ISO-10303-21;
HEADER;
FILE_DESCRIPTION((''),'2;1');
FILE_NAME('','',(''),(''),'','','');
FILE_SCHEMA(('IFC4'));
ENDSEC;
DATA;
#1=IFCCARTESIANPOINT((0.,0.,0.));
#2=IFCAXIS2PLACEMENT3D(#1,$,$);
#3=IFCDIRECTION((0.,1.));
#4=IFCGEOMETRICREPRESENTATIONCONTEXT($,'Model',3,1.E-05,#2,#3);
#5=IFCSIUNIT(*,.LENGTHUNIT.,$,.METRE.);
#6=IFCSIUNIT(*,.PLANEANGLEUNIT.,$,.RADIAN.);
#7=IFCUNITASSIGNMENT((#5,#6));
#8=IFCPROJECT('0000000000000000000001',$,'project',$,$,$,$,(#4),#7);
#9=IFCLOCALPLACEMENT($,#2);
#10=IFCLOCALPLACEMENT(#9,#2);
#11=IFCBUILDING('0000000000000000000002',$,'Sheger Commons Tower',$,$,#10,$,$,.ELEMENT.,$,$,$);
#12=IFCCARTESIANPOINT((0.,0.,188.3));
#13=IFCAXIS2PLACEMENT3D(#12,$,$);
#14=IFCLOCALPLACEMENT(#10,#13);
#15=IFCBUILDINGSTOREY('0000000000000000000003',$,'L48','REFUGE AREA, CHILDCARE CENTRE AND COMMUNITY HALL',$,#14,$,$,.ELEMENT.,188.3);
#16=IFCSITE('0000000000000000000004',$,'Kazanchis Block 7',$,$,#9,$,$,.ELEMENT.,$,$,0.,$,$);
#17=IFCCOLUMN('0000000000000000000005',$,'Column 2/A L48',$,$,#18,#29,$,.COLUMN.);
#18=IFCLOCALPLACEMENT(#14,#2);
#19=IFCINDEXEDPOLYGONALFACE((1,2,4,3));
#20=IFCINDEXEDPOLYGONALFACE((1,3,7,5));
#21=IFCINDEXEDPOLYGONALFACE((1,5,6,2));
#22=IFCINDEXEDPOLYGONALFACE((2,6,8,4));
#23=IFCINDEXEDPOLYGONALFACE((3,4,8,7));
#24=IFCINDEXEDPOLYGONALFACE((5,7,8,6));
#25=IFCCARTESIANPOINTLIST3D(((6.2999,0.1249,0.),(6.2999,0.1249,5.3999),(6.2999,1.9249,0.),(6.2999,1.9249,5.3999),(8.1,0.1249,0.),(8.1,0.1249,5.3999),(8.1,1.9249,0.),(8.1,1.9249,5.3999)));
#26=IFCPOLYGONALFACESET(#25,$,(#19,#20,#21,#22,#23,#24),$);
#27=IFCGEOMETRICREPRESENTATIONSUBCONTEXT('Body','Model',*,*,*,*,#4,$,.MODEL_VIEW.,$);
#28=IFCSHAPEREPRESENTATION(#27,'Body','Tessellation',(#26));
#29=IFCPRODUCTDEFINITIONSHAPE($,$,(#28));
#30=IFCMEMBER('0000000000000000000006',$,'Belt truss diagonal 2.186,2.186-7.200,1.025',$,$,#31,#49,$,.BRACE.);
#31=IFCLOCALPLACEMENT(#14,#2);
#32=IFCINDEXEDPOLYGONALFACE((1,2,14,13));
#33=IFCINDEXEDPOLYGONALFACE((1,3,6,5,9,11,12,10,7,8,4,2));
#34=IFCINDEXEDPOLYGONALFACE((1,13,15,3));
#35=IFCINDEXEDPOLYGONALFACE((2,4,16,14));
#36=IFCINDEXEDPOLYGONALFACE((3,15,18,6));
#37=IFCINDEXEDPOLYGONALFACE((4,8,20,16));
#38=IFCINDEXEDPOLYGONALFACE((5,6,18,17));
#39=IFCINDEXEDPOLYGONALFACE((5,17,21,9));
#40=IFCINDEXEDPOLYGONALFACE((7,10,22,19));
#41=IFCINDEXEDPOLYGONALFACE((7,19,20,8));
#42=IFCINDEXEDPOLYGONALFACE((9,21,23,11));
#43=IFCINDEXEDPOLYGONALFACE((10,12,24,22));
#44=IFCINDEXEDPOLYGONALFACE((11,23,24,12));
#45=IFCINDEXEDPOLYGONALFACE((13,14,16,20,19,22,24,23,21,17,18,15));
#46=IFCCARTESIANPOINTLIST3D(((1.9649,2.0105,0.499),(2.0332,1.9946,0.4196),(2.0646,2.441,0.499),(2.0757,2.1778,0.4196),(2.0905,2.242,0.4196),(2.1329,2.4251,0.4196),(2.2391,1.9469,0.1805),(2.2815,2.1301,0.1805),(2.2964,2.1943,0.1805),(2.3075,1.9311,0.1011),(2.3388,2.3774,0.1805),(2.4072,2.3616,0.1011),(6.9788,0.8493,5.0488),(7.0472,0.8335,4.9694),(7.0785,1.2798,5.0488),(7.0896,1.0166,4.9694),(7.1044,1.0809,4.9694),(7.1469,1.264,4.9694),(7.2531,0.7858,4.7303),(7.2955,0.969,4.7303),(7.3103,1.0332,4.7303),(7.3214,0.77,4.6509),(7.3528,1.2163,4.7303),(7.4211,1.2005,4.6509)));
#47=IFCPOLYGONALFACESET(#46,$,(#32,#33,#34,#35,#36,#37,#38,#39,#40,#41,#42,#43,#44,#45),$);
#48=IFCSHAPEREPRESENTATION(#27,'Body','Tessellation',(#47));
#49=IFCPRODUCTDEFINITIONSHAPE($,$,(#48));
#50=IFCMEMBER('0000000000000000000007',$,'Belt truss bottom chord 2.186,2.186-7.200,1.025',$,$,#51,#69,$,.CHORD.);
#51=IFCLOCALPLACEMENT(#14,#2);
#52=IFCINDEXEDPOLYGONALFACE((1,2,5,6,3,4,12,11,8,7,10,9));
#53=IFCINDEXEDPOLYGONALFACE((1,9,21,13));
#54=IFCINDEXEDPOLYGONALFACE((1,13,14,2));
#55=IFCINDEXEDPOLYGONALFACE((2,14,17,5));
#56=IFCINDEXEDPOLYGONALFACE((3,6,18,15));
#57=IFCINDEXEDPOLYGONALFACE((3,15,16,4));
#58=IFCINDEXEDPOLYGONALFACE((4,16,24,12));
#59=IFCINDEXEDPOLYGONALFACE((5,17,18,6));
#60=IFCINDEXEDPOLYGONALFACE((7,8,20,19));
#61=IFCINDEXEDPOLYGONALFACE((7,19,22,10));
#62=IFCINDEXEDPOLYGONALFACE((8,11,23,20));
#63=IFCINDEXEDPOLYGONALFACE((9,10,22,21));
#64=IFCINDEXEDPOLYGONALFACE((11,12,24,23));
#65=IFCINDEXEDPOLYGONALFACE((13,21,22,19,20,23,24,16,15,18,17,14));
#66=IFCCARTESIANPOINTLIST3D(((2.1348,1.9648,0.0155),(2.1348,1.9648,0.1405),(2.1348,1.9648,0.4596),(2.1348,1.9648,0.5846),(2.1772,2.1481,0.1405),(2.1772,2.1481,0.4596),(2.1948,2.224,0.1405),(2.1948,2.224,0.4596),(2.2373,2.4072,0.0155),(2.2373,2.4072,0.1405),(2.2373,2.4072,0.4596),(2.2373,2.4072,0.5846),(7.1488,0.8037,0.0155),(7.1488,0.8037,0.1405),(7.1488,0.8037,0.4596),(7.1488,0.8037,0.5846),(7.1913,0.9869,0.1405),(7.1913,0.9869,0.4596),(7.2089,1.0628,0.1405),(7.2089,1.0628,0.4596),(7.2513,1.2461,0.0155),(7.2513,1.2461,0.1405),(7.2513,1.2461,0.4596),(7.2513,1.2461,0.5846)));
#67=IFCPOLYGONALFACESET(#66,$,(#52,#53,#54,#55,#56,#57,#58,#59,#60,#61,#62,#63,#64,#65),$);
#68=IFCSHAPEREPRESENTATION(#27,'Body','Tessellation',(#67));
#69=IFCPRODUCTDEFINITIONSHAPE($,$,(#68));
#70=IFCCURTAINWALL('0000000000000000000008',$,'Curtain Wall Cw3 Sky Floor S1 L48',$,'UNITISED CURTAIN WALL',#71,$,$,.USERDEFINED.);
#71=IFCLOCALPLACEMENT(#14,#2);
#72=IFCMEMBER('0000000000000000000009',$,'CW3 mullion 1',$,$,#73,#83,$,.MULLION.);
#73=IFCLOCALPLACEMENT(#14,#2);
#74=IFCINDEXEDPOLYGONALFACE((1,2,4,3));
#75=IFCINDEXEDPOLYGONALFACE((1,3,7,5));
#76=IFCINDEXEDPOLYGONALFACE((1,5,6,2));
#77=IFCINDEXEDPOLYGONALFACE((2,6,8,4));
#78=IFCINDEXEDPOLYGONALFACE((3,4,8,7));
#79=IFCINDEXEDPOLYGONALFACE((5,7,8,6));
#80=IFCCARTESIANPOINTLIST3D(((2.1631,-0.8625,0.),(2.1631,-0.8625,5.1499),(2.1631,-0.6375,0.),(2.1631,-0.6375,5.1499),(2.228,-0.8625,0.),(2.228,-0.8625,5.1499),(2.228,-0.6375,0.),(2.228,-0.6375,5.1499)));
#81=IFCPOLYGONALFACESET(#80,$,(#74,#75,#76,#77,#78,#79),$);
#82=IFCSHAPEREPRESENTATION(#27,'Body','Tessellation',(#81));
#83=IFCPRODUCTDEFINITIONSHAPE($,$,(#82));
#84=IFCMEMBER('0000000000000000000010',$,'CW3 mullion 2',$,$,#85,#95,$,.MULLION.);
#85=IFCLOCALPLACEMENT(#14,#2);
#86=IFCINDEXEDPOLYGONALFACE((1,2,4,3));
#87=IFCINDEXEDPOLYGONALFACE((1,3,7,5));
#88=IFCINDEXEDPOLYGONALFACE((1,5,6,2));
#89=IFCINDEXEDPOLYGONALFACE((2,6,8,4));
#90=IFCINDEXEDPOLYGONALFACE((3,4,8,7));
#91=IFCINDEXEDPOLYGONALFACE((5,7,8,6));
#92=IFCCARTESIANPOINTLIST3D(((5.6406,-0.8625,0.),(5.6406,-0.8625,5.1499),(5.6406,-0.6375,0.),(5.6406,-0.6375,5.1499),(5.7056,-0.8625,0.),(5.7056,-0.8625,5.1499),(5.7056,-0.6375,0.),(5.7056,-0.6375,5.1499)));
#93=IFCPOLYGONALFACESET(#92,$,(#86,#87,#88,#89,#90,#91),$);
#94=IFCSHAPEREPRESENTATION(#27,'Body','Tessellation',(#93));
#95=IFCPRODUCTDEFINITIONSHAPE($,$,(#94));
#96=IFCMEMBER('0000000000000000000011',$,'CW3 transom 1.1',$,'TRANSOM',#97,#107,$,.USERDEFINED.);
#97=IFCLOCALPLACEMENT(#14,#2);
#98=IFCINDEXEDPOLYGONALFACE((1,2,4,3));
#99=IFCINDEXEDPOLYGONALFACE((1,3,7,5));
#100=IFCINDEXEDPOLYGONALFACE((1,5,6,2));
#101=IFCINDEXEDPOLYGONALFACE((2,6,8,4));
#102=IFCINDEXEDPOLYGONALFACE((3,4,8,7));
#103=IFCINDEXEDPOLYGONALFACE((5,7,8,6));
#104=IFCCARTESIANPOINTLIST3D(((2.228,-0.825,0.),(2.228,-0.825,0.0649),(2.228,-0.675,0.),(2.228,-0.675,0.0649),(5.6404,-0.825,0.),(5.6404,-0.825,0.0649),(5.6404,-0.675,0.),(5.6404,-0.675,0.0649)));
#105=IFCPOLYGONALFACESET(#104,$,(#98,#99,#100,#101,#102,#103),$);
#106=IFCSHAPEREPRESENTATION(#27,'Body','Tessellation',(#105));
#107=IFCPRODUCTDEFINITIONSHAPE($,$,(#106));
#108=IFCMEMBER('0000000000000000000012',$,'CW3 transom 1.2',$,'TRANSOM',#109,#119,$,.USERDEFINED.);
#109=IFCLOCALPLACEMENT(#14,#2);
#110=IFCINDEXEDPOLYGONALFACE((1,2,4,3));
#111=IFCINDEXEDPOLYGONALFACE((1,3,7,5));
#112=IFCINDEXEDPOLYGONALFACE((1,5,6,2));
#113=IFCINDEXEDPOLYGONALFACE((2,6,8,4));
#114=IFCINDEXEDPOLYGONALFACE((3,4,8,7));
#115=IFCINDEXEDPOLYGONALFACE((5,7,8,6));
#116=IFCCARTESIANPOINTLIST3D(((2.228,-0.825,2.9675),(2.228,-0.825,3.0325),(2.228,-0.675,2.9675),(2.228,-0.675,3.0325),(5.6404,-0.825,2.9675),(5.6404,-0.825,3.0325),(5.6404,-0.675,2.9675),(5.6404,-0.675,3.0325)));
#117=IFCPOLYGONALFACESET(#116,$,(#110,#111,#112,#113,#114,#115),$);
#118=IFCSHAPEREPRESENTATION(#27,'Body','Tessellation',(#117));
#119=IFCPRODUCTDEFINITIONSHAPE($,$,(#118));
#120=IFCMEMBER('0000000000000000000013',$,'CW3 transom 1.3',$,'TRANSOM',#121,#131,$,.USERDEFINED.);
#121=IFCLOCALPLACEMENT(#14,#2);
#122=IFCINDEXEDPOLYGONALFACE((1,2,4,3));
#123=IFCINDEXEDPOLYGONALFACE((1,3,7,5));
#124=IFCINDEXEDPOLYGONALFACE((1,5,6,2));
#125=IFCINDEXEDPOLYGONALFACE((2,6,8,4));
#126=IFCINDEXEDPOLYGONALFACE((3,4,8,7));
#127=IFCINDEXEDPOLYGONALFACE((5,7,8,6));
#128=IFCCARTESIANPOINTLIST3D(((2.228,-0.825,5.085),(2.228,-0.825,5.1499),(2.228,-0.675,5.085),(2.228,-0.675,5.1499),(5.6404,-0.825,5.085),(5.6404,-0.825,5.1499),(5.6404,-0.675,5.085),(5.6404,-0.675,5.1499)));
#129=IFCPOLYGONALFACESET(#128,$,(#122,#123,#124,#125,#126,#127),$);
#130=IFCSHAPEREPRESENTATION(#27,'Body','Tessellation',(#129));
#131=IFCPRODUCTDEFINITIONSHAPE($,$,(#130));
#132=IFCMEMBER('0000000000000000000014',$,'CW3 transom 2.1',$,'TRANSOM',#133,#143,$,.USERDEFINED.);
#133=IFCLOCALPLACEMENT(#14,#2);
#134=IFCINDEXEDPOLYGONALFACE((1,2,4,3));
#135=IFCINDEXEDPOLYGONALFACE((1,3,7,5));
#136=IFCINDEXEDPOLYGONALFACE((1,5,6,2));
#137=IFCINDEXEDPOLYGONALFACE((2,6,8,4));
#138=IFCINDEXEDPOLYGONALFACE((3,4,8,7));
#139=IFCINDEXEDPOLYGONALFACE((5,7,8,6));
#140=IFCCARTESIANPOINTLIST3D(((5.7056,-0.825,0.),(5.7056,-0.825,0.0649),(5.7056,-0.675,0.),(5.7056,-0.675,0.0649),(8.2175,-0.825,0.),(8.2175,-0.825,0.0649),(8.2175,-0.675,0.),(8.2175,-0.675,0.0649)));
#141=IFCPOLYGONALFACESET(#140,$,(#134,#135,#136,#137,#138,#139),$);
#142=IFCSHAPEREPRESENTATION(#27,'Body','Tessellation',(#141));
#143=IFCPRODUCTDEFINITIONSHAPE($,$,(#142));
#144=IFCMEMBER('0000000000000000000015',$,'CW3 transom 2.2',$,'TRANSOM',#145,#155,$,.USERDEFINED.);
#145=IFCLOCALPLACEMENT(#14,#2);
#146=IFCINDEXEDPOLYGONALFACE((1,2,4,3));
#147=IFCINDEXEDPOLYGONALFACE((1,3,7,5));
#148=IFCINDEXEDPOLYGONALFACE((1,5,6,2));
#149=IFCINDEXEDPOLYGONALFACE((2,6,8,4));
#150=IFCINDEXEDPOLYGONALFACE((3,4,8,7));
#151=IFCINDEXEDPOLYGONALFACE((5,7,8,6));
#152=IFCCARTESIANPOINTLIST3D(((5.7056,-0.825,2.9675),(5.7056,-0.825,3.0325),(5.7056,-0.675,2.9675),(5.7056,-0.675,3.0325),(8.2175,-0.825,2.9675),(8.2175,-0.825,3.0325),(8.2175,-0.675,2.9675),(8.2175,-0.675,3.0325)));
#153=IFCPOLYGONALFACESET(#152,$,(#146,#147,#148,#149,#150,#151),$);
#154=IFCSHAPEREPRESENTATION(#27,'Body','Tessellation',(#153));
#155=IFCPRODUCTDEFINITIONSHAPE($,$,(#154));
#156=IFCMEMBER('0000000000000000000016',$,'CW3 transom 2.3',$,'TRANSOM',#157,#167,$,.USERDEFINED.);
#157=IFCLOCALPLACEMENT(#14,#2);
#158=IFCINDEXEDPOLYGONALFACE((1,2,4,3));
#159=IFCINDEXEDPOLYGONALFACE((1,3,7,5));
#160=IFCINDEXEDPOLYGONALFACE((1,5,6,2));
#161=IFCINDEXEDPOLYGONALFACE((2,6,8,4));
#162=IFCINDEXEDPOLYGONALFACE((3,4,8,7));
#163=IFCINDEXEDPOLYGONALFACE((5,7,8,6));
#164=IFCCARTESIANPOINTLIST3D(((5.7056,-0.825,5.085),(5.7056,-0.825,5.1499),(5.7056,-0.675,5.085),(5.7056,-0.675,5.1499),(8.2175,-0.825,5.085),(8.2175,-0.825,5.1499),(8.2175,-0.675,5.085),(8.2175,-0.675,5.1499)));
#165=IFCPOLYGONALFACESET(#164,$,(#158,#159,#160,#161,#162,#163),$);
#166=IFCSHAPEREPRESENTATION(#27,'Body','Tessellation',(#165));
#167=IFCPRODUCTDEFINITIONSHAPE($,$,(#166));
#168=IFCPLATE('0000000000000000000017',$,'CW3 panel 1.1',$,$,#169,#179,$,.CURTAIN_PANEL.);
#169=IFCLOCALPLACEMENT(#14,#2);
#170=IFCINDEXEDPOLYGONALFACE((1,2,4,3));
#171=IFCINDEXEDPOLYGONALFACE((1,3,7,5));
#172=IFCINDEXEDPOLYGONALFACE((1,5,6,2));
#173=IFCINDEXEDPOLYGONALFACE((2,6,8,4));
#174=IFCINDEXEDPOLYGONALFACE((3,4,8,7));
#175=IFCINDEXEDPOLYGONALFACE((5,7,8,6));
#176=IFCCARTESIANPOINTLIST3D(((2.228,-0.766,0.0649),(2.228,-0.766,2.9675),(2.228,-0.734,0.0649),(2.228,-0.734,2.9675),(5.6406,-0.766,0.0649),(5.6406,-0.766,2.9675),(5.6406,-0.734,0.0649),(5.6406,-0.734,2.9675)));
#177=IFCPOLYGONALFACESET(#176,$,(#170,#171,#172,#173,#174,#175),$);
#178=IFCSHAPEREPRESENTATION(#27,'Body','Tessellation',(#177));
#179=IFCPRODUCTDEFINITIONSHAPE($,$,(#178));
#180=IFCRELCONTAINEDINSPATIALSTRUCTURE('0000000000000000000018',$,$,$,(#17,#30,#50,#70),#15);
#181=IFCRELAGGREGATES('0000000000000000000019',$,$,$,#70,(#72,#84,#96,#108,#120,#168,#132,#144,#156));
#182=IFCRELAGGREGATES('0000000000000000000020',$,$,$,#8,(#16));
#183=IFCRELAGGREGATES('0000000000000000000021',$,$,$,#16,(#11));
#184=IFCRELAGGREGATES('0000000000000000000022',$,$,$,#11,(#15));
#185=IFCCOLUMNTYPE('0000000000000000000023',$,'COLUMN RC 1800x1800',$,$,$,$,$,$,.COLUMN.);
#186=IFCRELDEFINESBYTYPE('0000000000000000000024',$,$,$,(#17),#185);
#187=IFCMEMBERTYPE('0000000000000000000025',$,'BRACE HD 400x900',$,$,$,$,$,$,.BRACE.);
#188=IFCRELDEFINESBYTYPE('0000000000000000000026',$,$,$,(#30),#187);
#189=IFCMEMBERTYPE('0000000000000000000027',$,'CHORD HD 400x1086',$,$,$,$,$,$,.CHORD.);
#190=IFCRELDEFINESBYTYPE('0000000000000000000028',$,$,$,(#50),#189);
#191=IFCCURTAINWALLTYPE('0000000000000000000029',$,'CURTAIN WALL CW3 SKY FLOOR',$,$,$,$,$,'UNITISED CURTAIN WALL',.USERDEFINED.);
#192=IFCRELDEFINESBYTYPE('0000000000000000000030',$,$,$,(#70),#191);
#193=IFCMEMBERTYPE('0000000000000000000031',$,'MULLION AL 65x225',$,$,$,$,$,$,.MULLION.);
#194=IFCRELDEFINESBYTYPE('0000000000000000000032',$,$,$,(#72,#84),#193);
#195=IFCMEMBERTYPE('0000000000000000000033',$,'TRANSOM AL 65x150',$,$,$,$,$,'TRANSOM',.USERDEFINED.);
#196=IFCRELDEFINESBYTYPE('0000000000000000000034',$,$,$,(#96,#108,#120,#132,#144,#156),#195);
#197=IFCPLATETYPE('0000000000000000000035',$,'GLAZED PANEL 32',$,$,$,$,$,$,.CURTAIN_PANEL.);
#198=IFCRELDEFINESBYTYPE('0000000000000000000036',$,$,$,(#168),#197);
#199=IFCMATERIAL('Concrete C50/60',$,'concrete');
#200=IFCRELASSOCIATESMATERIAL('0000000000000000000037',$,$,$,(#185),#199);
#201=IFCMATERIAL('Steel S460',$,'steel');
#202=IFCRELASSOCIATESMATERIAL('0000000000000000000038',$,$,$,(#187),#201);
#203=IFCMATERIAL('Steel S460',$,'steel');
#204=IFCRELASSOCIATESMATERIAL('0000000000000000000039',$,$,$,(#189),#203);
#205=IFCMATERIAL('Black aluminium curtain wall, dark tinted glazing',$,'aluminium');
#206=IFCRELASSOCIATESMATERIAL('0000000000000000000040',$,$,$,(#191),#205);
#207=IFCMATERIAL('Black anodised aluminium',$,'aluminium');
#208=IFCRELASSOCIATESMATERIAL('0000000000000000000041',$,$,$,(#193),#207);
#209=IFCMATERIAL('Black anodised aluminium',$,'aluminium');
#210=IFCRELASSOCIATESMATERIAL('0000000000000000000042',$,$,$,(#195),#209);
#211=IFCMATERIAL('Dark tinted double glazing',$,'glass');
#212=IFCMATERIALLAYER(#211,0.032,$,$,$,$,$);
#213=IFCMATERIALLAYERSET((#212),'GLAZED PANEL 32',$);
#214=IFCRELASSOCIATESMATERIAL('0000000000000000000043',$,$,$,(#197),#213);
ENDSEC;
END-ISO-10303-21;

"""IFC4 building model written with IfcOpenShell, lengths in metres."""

from ifc_helpers import new_model, si_unit, direction, frame, origin, origin_2d, place, context, subcontext, project, spatial, rectangle, i_section, extrude, material, layer, layer_set, material_profile, profile_set, type_object, element, aggregate, save


model = new_model("IFC4")

# Units and contexts
model_context = context("Model", 3, precision=1e-05, world=origin(), true_north=direction((0.0, 1.0)))
body_context = subcontext(model_context, "Body", "Model", "MODEL_VIEW")
ifc_project = project(units=[si_unit("LENGTHUNIT", "METRE"), si_unit("PLANEANGLEUNIT", "RADIAN")], contexts=[model_context])

# Site, building, storey
site_placement = place(None, origin())
site = spatial("IfcSite", under=ifc_project, at=site_placement, Name="Kazanchis Block 7", CompositionType="ELEMENT", RefElevation=0.0)
building_placement = place(site_placement, origin())
building = spatial("IfcBuilding", under=site, at=building_placement, Name="Sheger Commons Tower", CompositionType="ELEMENT")
storey_placement = place(building_placement, frame((0.0, 0.0, 188.3)))
storey = spatial("IfcBuildingStorey", under=building, at=storey_placement, Name="L48", Description="REFUGE AREA, CHILDCARE CENTRE AND COMMUNITY HALL", CompositionType="ELEMENT", Elevation=188.3)

# Column
ifc_material_1 = material(Name="Concrete C50/60", Category="concrete")
ifc_material_profile_1 = material_profile(ifc_material_1, rectangle(XDim=1.8, YDim=1.8, at=origin_2d()), Name="RC 1800x1800")
ifc_profile_set_1 = profile_set([ifc_material_profile_1], Name="Concrete C50/60")
column_type = type_object("IfcColumnType", Name="COLUMN RC 1800x1800", PredefinedType="COLUMN", material=ifc_profile_set_1)
column_placement = place(storey_placement, frame((7.2, 1.0249, 0.0), z_axis=(0.0, 0.0, 1.0), x_axis=(1.0, 0.0, 0.0)))
element("IfcColumn", 1, at=column_placement, inside=storey, type_object=column_type, Name="Column 2/A L48", PredefinedType="COLUMN", context=body_context, shape_type="SweptSolid", body=[
    extrude(rectangle(XDim=1.8, YDim=1.8, at=origin_2d()), origin(), (0.0, 0.0, 1.0), 5.3999),
])

# Members
ifc_material_2 = material(Name="Steel S460", Category="steel")
ifc_material_profile_2 = material_profile(ifc_material_2, i_section(OverallWidth=0.4419, OverallDepth=0.531, WebThickness=0.0659, FlangeThickness=0.106, at=origin_2d()), Name="HD 400x900")
ifc_profile_set_2 = profile_set([ifc_material_profile_2], Name="Steel S460")
member_type_1 = type_object("IfcMemberType", Name="BRACE HD 400x900", PredefinedType="BRACE", material=ifc_profile_set_2)
member_1_placement = place(storey_placement, frame((2.186, 2.186, 0.3), z_axis=(0.729894, -0.16903, 0.662332), x_axis=(0.225611, 0.974217, 0.0)))
element("IfcMember", 2, at=member_1_placement, inside=storey, type_object=member_type_1, Name="Belt truss diagonal 2.186,2.186-7.200,1.025", PredefinedType="BRACE", context=body_context, shape_type="SweptSolid", body=[
    extrude(i_section(OverallWidth=0.4419, OverallDepth=0.531, WebThickness=0.0659, FlangeThickness=0.106, at=origin_2d()), origin(), (0.0, 0.0, 1.0), 6.8694),
])
ifc_material_3 = material(Name="Steel S460", Category="steel")
ifc_material_profile_3 = material_profile(ifc_material_3, i_section(OverallWidth=0.4541, OverallDepth=0.5691, WebThickness=0.0779, FlangeThickness=0.125, at=origin_2d()), Name="HD 400x1086")
ifc_profile_set_3 = profile_set([ifc_material_profile_3], Name="Steel S460")
member_type_2 = type_object("IfcMemberType", Name="CHORD HD 400x1086", PredefinedType="CHORD", material=ifc_profile_set_3)
member_2_placement = place(storey_placement, frame((2.186, 2.186, 0.3), z_axis=(0.974217, -0.225611, 0.0), x_axis=(0.225611, 0.974217, 0.0)))
element("IfcMember", 3, at=member_2_placement, inside=storey, type_object=member_type_2, Name="Belt truss bottom chord 2.186,2.186-7.200,1.025", PredefinedType="CHORD", context=body_context, shape_type="SweptSolid", body=[
    extrude(i_section(OverallWidth=0.4541, OverallDepth=0.5691, WebThickness=0.0779, FlangeThickness=0.125, at=origin_2d()), origin(), (0.0, 0.0, 1.0), 5.1467),
])

# Curtain wall, members, plate
ifc_material_4 = material(Name="Black aluminium curtain wall, dark tinted glazing", Category="aluminium")
curtain_wall_type = type_object("IfcCurtainWallType", Name="CURTAIN WALL CW3 SKY FLOOR", ElementType="UNITISED CURTAIN WALL", PredefinedType="USERDEFINED", material=ifc_material_4)
curtain_wall_placement = place(storey_placement, origin())
curtain_wall = element("IfcCurtainWall", 4, at=curtain_wall_placement, inside=storey, type_object=curtain_wall_type, Name="Curtain Wall Cw3 Sky Floor S1 L48", ObjectType="UNITISED CURTAIN WALL", PredefinedType="USERDEFINED")
ifc_material_5 = material(Name="Black anodised aluminium", Category="aluminium")
ifc_material_profile_4 = material_profile(ifc_material_5, rectangle(XDim=0.2251, YDim=0.0649, at=origin_2d()), Name="AL 65x225")
ifc_profile_set_4 = profile_set([ifc_material_profile_4], Name="Black anodised aluminium")
member_type_3 = type_object("IfcMemberType", Name="MULLION AL 65x225", PredefinedType="MULLION", material=ifc_profile_set_4)
member_3_placement = place(storey_placement, frame((2.1956, -0.75, 0.0), z_axis=(0.0, 0.0, 1.0), x_axis=(0.0, 1.0, 0.0)))
member_3 = element("IfcMember", 5, at=member_3_placement, type_object=member_type_3, Name="CW3 mullion 1", PredefinedType="MULLION", context=body_context, shape_type="SweptSolid", body=[
    extrude(rectangle(XDim=0.2251, YDim=0.0649, at=origin_2d()), origin(), (0.0, 0.0, 1.0), 5.1499),
])
member_4_placement = place(storey_placement, frame((5.6731, -0.75, 0.0), z_axis=(0.0, 0.0, 1.0), x_axis=(0.0, 1.0, 0.0)))
member_4 = element("IfcMember", 6, at=member_4_placement, type_object=member_type_3, Name="CW3 mullion 2", PredefinedType="MULLION", context=body_context, shape_type="SweptSolid", body=[
    extrude(rectangle(XDim=0.2251, YDim=0.0649, at=origin_2d()), origin(), (0.0, 0.0, 1.0), 5.1499),
])
ifc_material_6 = material(Name="Black anodised aluminium", Category="aluminium")
ifc_material_profile_5 = material_profile(ifc_material_6, rectangle(XDim=0.1499, YDim=0.0649, at=origin_2d()), Name="AL 65x150")
ifc_profile_set_5 = profile_set([ifc_material_profile_5], Name="Black anodised aluminium")
member_type_4 = type_object("IfcMemberType", Name="TRANSOM AL 65x150", ElementType="TRANSOM", PredefinedType="USERDEFINED", material=ifc_profile_set_5)
member_5_placement = place(storey_placement, frame((2.228, -0.75, 0.0325), z_axis=(1.0, 0.0, 0.0), x_axis=(0.0, 1.0, 0.0)))
member_5 = element("IfcMember", 7, at=member_5_placement, type_object=member_type_4, Name="CW3 transom 1.1", ObjectType="TRANSOM", PredefinedType="USERDEFINED", context=body_context, shape_type="SweptSolid", body=[
    extrude(rectangle(XDim=0.1499, YDim=0.0649, at=origin_2d()), origin(), (0.0, 0.0, 1.0), 3.4124),
])
member_6_placement = place(storey_placement, frame((2.228, -0.75, 3.0), z_axis=(1.0, 0.0, 0.0), x_axis=(0.0, 1.0, 0.0)))
member_6 = element("IfcMember", 8, at=member_6_placement, type_object=member_type_4, Name="CW3 transom 1.2", ObjectType="TRANSOM", PredefinedType="USERDEFINED", context=body_context, shape_type="SweptSolid", body=[
    extrude(rectangle(XDim=0.1499, YDim=0.0649, at=origin_2d()), origin(), (0.0, 0.0, 1.0), 3.4124),
])
member_7_placement = place(storey_placement, frame((2.228, -0.75, 5.1174), z_axis=(1.0, 0.0, 0.0), x_axis=(0.0, 1.0, 0.0)))
member_7 = element("IfcMember", 9, at=member_7_placement, type_object=member_type_4, Name="CW3 transom 1.3", ObjectType="TRANSOM", PredefinedType="USERDEFINED", context=body_context, shape_type="SweptSolid", body=[
    extrude(rectangle(XDim=0.1499, YDim=0.0649, at=origin_2d()), origin(), (0.0, 0.0, 1.0), 3.4124),
])
member_8_placement = place(storey_placement, frame((5.7056, -0.75, 0.0325), z_axis=(1.0, 0.0, 0.0), x_axis=(0.0, 1.0, 0.0)))
member_8 = element("IfcMember", 10, at=member_8_placement, type_object=member_type_4, Name="CW3 transom 2.1", ObjectType="TRANSOM", PredefinedType="USERDEFINED", context=body_context, shape_type="SweptSolid", body=[
    extrude(rectangle(XDim=0.1499, YDim=0.0649, at=origin_2d()), origin(), (0.0, 0.0, 1.0), 2.512),
])
member_9_placement = place(storey_placement, frame((5.7056, -0.75, 3.0), z_axis=(1.0, 0.0, 0.0), x_axis=(0.0, 1.0, 0.0)))
member_9 = element("IfcMember", 11, at=member_9_placement, type_object=member_type_4, Name="CW3 transom 2.2", ObjectType="TRANSOM", PredefinedType="USERDEFINED", context=body_context, shape_type="SweptSolid", body=[
    extrude(rectangle(XDim=0.1499, YDim=0.0649, at=origin_2d()), origin(), (0.0, 0.0, 1.0), 2.512),
])
member_10_placement = place(storey_placement, frame((5.7056, -0.75, 5.1174), z_axis=(1.0, 0.0, 0.0), x_axis=(0.0, 1.0, 0.0)))
member_10 = element("IfcMember", 12, at=member_10_placement, type_object=member_type_4, Name="CW3 transom 2.3", ObjectType="TRANSOM", PredefinedType="USERDEFINED", context=body_context, shape_type="SweptSolid", body=[
    extrude(rectangle(XDim=0.1499, YDim=0.0649, at=origin_2d()), origin(), (0.0, 0.0, 1.0), 2.512),
])
ifc_material_7 = material(Name="Dark tinted double glazing", Category="glass")
ifc_layer_1 = layer(ifc_material_7, 0.032)
ifc_layer_set_1 = layer_set([ifc_layer_1], Name="GLAZED PANEL 32")
plate_type_1 = type_object("IfcPlateType", Name="GLAZED PANEL 32", PredefinedType="CURTAIN_PANEL", material=ifc_layer_set_1)
plate_1_placement = place(storey_placement, frame((3.9343, -0.75, 0.0649), z_axis=(0.0, 0.0, 1.0), x_axis=(1.0, 0.0, 0.0)))
plate_1 = element("IfcPlate", 13, at=plate_1_placement, type_object=plate_type_1, Name="CW3 panel 1.1", PredefinedType="CURTAIN_PANEL", context=body_context, shape_type="SweptSolid", body=[
    extrude(rectangle(XDim=3.4126, YDim=0.032, at=origin_2d()), origin(), (0.0, 0.0, 1.0), 2.9026),
])
aggregate(curtain_wall, [member_3, member_4, member_5, member_6, member_7, plate_1, member_8, member_9, member_10])

save(model, "model.ifc")
